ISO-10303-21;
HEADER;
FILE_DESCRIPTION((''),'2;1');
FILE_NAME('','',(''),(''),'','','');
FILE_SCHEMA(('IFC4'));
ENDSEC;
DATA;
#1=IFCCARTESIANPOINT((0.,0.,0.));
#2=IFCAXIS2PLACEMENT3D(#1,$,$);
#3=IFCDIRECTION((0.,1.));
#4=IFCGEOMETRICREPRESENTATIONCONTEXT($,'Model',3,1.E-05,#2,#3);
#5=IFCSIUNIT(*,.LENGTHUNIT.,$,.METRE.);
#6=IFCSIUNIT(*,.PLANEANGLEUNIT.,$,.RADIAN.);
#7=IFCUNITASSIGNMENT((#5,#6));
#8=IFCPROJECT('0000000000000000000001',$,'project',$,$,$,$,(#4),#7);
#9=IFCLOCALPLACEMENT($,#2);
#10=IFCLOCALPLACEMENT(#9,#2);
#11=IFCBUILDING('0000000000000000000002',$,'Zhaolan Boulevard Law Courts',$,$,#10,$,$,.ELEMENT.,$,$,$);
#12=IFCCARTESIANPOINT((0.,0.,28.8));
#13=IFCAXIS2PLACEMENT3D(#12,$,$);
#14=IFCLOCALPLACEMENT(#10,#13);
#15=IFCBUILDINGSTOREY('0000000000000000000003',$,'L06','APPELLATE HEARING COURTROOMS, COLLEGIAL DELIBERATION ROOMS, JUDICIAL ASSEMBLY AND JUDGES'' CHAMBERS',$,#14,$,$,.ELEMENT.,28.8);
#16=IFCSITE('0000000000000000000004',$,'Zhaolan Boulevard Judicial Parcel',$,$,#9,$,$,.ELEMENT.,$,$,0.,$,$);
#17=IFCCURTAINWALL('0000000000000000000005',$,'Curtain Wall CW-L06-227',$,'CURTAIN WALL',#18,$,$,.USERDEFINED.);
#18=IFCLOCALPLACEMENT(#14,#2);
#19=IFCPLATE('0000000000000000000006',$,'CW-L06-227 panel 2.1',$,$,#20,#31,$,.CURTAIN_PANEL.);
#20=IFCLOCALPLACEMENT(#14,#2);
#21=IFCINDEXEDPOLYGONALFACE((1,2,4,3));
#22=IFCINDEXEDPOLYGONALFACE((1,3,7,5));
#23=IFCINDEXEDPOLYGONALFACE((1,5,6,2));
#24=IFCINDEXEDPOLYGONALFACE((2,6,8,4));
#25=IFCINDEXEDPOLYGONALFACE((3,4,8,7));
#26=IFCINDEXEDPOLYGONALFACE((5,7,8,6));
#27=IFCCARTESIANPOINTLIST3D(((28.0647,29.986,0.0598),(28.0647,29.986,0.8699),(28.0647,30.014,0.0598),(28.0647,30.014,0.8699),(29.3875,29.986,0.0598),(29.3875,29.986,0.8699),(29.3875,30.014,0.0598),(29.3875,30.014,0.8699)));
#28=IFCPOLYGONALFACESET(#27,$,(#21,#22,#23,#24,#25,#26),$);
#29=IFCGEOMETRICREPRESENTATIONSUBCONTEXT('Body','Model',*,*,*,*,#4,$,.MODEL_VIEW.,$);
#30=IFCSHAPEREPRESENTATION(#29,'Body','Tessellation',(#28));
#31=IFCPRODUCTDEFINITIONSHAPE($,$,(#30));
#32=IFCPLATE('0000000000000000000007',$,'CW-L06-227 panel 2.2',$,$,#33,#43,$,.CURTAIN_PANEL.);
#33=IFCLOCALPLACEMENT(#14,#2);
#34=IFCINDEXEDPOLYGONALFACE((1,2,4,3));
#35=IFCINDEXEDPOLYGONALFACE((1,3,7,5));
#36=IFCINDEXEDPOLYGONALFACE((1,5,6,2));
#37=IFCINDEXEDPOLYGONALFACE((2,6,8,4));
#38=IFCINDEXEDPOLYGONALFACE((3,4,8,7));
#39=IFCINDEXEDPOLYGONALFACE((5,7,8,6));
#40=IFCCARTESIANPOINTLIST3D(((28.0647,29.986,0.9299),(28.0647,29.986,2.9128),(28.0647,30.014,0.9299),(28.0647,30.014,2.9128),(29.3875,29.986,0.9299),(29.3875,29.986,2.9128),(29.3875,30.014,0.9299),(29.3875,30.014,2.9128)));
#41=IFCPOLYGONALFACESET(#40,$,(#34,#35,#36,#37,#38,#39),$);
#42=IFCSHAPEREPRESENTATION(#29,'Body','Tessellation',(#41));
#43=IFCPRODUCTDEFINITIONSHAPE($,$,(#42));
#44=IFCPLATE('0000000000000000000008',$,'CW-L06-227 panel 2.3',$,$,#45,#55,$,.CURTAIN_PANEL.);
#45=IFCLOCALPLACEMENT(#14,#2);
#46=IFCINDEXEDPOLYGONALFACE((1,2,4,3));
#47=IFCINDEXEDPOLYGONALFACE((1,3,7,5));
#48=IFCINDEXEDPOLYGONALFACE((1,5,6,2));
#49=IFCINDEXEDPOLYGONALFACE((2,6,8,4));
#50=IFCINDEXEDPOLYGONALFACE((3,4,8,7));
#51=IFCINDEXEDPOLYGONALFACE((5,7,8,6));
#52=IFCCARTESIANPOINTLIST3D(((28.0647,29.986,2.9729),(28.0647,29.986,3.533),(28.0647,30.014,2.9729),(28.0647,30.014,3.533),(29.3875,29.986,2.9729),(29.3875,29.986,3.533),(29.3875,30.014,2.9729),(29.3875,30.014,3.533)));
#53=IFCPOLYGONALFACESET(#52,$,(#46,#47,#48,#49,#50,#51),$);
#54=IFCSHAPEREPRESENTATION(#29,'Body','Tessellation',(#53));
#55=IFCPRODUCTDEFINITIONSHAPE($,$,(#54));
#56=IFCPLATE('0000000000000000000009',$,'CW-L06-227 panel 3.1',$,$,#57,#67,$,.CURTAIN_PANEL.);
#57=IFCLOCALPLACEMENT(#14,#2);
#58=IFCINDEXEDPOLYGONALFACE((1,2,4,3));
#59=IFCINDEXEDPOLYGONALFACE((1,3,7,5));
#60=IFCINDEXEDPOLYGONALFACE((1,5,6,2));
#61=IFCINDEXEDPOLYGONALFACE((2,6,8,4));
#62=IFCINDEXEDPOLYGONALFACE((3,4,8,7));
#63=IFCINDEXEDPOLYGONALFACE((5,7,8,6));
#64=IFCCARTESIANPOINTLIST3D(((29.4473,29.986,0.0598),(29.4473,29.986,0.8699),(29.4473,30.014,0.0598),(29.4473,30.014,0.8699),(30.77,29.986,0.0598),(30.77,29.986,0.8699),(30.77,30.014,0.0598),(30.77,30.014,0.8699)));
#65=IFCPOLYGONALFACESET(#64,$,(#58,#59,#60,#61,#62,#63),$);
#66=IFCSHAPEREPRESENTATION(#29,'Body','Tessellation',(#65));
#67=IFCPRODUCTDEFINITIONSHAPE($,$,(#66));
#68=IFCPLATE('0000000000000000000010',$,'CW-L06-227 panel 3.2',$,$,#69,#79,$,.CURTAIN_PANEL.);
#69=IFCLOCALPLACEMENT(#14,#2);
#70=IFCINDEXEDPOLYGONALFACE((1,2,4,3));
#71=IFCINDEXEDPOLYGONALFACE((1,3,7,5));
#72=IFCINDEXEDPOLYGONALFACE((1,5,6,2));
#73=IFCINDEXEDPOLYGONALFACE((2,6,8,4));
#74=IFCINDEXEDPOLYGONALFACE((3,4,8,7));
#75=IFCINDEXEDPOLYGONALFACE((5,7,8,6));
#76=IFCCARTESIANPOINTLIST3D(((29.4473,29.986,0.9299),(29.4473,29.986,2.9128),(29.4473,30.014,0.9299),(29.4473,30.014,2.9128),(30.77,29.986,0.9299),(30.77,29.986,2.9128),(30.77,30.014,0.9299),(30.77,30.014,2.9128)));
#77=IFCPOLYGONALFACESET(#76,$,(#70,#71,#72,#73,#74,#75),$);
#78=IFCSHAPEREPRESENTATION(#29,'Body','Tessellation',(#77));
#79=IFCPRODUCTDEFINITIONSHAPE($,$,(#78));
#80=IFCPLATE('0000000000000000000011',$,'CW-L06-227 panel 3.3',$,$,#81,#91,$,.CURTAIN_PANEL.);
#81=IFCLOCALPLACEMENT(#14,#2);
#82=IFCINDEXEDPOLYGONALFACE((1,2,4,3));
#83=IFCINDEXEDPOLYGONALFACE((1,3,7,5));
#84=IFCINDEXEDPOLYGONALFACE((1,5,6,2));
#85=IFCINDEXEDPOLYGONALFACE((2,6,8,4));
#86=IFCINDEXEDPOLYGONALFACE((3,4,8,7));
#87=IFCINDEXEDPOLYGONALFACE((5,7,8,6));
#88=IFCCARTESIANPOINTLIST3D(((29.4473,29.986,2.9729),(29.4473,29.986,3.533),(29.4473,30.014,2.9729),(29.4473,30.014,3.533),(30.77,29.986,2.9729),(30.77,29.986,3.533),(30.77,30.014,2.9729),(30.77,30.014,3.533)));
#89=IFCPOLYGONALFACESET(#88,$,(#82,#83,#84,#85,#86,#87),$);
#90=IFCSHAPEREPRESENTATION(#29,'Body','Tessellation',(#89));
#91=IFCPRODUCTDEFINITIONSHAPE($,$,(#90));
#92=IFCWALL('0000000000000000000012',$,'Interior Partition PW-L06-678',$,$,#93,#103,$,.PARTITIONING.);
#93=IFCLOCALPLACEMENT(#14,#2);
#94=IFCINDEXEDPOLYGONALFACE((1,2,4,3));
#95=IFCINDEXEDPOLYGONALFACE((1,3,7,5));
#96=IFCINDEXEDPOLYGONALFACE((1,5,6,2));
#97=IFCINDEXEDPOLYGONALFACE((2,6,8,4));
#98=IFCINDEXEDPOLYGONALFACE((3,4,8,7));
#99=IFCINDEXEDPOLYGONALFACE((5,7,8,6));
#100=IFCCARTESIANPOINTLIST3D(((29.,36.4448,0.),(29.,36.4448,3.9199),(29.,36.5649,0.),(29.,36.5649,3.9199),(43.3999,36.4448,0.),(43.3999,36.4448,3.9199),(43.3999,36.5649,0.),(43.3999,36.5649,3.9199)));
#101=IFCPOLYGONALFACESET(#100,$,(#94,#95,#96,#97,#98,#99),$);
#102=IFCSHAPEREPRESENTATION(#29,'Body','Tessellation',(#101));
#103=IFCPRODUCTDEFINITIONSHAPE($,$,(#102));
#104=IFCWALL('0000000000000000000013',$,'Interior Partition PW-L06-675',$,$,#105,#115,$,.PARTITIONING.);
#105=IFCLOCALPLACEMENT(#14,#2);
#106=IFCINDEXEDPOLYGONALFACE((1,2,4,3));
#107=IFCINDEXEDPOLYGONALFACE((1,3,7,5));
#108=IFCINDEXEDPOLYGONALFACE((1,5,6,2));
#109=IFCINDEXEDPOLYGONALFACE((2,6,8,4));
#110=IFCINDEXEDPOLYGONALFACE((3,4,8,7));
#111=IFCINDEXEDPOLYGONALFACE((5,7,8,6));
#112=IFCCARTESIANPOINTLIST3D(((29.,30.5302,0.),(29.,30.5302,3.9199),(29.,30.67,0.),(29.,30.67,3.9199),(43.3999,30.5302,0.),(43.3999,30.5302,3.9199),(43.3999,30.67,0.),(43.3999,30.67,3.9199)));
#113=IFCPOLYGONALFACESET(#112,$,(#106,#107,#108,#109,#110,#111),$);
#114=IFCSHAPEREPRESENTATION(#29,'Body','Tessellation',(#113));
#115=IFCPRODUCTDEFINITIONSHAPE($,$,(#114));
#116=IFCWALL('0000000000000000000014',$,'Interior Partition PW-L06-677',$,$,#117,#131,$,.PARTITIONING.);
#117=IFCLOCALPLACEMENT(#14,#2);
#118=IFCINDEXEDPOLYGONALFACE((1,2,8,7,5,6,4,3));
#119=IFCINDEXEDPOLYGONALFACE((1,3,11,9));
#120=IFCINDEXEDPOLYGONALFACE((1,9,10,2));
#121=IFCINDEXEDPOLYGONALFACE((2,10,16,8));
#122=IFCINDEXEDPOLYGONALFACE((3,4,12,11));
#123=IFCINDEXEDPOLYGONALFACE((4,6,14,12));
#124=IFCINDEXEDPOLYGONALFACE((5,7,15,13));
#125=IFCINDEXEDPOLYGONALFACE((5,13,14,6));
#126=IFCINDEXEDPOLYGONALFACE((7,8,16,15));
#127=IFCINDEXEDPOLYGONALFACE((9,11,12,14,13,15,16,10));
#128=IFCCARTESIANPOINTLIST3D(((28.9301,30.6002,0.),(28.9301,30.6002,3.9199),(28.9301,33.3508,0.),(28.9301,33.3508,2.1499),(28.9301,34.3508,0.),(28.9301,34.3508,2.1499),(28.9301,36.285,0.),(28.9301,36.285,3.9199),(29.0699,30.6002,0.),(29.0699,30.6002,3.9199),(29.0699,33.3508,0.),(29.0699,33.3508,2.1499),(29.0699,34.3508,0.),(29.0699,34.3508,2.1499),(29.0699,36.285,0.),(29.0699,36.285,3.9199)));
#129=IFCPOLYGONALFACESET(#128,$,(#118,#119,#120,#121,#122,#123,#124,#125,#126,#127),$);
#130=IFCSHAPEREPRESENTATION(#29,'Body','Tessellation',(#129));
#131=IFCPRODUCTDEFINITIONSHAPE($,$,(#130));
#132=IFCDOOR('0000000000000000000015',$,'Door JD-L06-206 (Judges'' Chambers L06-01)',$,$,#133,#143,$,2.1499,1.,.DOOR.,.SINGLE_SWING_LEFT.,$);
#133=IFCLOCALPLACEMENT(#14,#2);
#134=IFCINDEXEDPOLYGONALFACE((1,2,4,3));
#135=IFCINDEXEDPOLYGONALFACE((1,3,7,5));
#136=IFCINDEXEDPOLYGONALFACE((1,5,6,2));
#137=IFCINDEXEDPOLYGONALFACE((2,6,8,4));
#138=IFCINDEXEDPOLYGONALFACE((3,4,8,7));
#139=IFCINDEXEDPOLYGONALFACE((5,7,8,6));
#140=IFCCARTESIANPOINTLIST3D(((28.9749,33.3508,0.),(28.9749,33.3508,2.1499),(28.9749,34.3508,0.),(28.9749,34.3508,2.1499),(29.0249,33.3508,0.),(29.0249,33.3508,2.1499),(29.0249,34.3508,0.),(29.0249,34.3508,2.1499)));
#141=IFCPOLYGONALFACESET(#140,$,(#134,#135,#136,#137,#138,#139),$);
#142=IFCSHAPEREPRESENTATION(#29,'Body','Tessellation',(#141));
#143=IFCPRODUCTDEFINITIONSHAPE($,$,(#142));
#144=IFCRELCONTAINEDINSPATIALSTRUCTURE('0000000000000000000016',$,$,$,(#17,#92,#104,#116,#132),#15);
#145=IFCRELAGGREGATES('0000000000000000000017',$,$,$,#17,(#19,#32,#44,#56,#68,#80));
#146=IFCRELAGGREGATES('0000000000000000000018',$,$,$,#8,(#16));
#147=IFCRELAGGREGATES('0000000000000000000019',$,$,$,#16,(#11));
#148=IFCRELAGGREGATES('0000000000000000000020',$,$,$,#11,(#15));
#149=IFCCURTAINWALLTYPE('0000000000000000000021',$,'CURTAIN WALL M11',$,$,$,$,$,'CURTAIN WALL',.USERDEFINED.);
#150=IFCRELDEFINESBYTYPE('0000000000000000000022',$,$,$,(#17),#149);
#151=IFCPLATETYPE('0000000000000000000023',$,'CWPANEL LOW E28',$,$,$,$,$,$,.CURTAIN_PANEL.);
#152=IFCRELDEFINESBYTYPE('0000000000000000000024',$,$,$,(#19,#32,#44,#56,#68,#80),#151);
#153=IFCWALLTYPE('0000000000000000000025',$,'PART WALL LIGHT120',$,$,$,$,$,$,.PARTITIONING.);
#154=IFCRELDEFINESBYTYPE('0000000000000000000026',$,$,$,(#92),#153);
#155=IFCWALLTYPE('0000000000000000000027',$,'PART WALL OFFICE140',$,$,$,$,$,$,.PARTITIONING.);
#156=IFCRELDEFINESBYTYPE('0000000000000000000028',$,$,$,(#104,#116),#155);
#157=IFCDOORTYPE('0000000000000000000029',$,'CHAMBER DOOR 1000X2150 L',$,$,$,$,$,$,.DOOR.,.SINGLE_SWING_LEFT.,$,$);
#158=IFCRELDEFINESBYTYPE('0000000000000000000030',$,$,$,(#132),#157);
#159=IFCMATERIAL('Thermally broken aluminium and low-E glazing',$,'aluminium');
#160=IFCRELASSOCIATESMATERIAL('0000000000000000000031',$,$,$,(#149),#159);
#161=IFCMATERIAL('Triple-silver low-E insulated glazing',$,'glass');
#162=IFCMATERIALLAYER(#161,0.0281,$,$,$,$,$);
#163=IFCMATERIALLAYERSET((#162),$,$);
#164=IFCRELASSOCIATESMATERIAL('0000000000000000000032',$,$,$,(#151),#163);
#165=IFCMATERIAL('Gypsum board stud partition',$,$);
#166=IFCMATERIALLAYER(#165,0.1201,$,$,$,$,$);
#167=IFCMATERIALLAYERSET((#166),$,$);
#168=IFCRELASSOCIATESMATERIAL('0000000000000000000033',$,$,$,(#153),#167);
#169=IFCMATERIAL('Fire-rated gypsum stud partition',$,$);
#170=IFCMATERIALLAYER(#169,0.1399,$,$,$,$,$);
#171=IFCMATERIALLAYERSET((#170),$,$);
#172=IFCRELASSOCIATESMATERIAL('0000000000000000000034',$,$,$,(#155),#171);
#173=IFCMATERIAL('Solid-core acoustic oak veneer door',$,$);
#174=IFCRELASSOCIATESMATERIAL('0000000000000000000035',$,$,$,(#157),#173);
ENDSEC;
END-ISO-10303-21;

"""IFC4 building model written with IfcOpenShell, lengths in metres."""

from ifc_helpers import new_model, si_unit, direction, frame, frame_2d, origin, origin_2d, place, context, subcontext, project, spatial, rectangle, extrude, material, layer, layer_set, type_object, element, fill, aggregate, save


model = new_model("IFC4")

# Units and contexts
model_context = context("Model", 3, precision=1e-05, world=origin(), true_north=direction((0.0, 1.0)))
body_context = subcontext(model_context, "Body", "Model", "MODEL_VIEW")
ifc_project = project(units=[si_unit("LENGTHUNIT", "METRE"), si_unit("PLANEANGLEUNIT", "RADIAN")], contexts=[model_context])

# Site, building, storey
site_placement = place(None, origin())
site = spatial("IfcSite", under=ifc_project, at=site_placement, Name="Zhaolan Boulevard Judicial Parcel", CompositionType="ELEMENT", RefElevation=0.0)
building_placement = place(site_placement, origin())
building = spatial("IfcBuilding", under=site, at=building_placement, Name="Zhaolan Boulevard Law Courts", CompositionType="ELEMENT")
storey_placement = place(building_placement, frame((0.0, 0.0, 28.8)))
storey = spatial("IfcBuildingStorey", under=building, at=storey_placement, Name="L06", Description="APPELLATE HEARING COURTROOMS, COLLEGIAL DELIBERATION ROOMS, JUDICIAL ASSEMBLY AND JUDGES' CHAMBERS", CompositionType="ELEMENT", Elevation=28.8)

# Curtain wall
ifc_material_1 = material(Name="Thermally broken aluminium and low-E glazing", Category="aluminium")
curtain_wall_type = type_object("IfcCurtainWallType", Name="CURTAIN WALL M11", ElementType="CURTAIN WALL", PredefinedType="USERDEFINED", material=ifc_material_1)
curtain_wall_placement = place(storey_placement, origin())
curtain_wall = element("IfcCurtainWall", 1, at=curtain_wall_placement, inside=storey, type_object=curtain_wall_type, Name="Curtain Wall CW-L06-227", ObjectType="CURTAIN WALL", PredefinedType="USERDEFINED")

# Plates
ifc_material_2 = material(Name="Triple-silver low-E insulated glazing", Category="glass")
ifc_layer_1 = layer(ifc_material_2, 0.0281)
ifc_layer_set_1 = layer_set([ifc_layer_1])
plate_type = type_object("IfcPlateType", Name="CWPANEL LOW E28", PredefinedType="CURTAIN_PANEL", material=ifc_layer_set_1)
plate_1_placement = place(storey_placement, frame((28.7261, 30.0, 0.0598), z_axis=(0.0, 0.0, 1.0), x_axis=(1.0, 0.0, 0.0)))
plate_1 = element("IfcPlate", 2, at=plate_1_placement, type_object=plate_type, Name="CW-L06-227 panel 2.1", PredefinedType="CURTAIN_PANEL", context=body_context, shape_type="SweptSolid", body=[
    extrude(rectangle(XDim=1.3228, YDim=0.0281, at=origin_2d()), origin(), (0.0, 0.0, 1.0), 0.8101),
])
plate_2_placement = place(storey_placement, frame((28.7261, 30.0, 0.9299), z_axis=(0.0, 0.0, 1.0), x_axis=(1.0, 0.0, 0.0)))
plate_2 = element("IfcPlate", 3, at=plate_2_placement, type_object=plate_type, Name="CW-L06-227 panel 2.2", PredefinedType="CURTAIN_PANEL", context=body_context, shape_type="SweptSolid", body=[
    extrude(rectangle(XDim=1.3228, YDim=0.0281, at=origin_2d()), origin(), (0.0, 0.0, 1.0), 1.9829),
])
plate_3_placement = place(storey_placement, frame((28.7261, 30.0, 2.9729), z_axis=(0.0, 0.0, 1.0), x_axis=(1.0, 0.0, 0.0)))
plate_3 = element("IfcPlate", 4, at=plate_3_placement, type_object=plate_type, Name="CW-L06-227 panel 2.3", PredefinedType="CURTAIN_PANEL", context=body_context, shape_type="SweptSolid", body=[
    extrude(rectangle(XDim=1.3228, YDim=0.0281, at=origin_2d()), origin(), (0.0, 0.0, 1.0), 0.5601),
])
plate_4_placement = place(storey_placement, frame((30.1086, 30.0, 0.0598), z_axis=(0.0, 0.0, 1.0), x_axis=(1.0, 0.0, 0.0)))
plate_4 = element("IfcPlate", 5, at=plate_4_placement, type_object=plate_type, Name="CW-L06-227 panel 3.1", PredefinedType="CURTAIN_PANEL", context=body_context, shape_type="SweptSolid", body=[
    extrude(rectangle(XDim=1.3228, YDim=0.0281, at=origin_2d()), origin(), (0.0, 0.0, 1.0), 0.8101),
])
plate_5_placement = place(storey_placement, frame((30.1086, 30.0, 0.9299), z_axis=(0.0, 0.0, 1.0), x_axis=(1.0, 0.0, 0.0)))
plate_5 = element("IfcPlate", 6, at=plate_5_placement, type_object=plate_type, Name="CW-L06-227 panel 3.2", PredefinedType="CURTAIN_PANEL", context=body_context, shape_type="SweptSolid", body=[
    extrude(rectangle(XDim=1.3228, YDim=0.0281, at=origin_2d()), origin(), (0.0, 0.0, 1.0), 1.9829),
])
plate_6_placement = place(storey_placement, frame((30.1086, 30.0, 2.9729), z_axis=(0.0, 0.0, 1.0), x_axis=(1.0, 0.0, 0.0)))
plate_6 = element("IfcPlate", 7, at=plate_6_placement, type_object=plate_type, Name="CW-L06-227 panel 3.3", PredefinedType="CURTAIN_PANEL", context=body_context, shape_type="SweptSolid", body=[
    extrude(rectangle(XDim=1.3228, YDim=0.0281, at=origin_2d()), origin(), (0.0, 0.0, 1.0), 0.5601),
])
aggregate(curtain_wall, [plate_1, plate_2, plate_3, plate_4, plate_5, plate_6])

# Walls
ifc_material_3 = material(Name="Gypsum board stud partition")
ifc_layer_2 = layer(ifc_material_3, 0.1201)
ifc_layer_set_2 = layer_set([ifc_layer_2])
wall_type_1 = type_object("IfcWallType", Name="PART WALL LIGHT120", PredefinedType="PARTITIONING", material=ifc_layer_set_2)
wall_1_placement = place(storey_placement, frame((29.0, 36.5049, 0.0), z_axis=(0.0, 0.0, 1.0), x_axis=(1.0, 0.0, 0.0)))
element("IfcWall", 8, at=wall_1_placement, inside=storey, type_object=wall_type_1, Name="Interior Partition PW-L06-678", PredefinedType="PARTITIONING", context=body_context, shape_type="SweptSolid", body=[
    extrude(rectangle(XDim=14.3999, YDim=0.1201, at=frame_2d((7.2, 0.0))), origin(), (0.0, 0.0, 1.0), 3.9199),
])
ifc_material_4 = material(Name="Fire-rated gypsum stud partition")
ifc_layer_3 = layer(ifc_material_4, 0.1399)
ifc_layer_set_3 = layer_set([ifc_layer_3])
wall_type_2 = type_object("IfcWallType", Name="PART WALL OFFICE140", PredefinedType="PARTITIONING", material=ifc_layer_set_3)
wall_2_placement = place(storey_placement, frame((29.0, 30.6001, 0.0), z_axis=(0.0, 0.0, 1.0), x_axis=(1.0, 0.0, 0.0)))
element("IfcWall", 9, at=wall_2_placement, inside=storey, type_object=wall_type_2, Name="Interior Partition PW-L06-675", PredefinedType="PARTITIONING", context=body_context, shape_type="SweptSolid", body=[
    extrude(rectangle(XDim=14.3999, YDim=0.1399, at=frame_2d((7.2, 0.0))), origin(), (0.0, 0.0, 1.0), 3.9199),
])

# Wall, opening, door
wall_3_placement = place(storey_placement, frame((29.0, 36.2849, 0.0), z_axis=(0.0, 0.0, 1.0), x_axis=(0.0, -1.0, 0.0)))
wall_3 = element("IfcWall", 10, at=wall_3_placement, inside=storey, type_object=wall_type_2, Name="Interior Partition PW-L06-677", PredefinedType="PARTITIONING", context=body_context, shape_type="SweptSolid", body=[
    extrude(rectangle(XDim=5.6848, YDim=0.1399, at=frame_2d((2.8423, 0.0))), origin(), (0.0, 0.0, 1.0), 3.9199),
])
opening_placement = place(wall_3_placement, frame((1.9341, 0.0, 0.0)))
opening = element("IfcOpeningElement", 11, at=opening_placement, cuts=wall_3, PredefinedType="OPENING", context=body_context, shape_type="SweptSolid", body=[
    extrude(rectangle(XDim=1.0, YDim=2.1499, at=frame_2d((0.5, 1.075))), frame((0.0, 0.0798, 0.0), z_axis=(0.0, -1.0, 0.0), x_axis=(1.0, 0.0, 0.0)), (0.0, 0.0, 1.0), 0.1599),
])
ifc_material_5 = material(Name="Solid-core acoustic oak veneer door")
door_type = type_object("IfcDoorType", Name="CHAMBER DOOR 1000X2150 L", OperationType="SINGLE_SWING_LEFT", PredefinedType="DOOR", material=ifc_material_5)
door_placement = place(opening_placement, origin())
door = element("IfcDoor", 12, at=door_placement, inside=storey, type_object=door_type, Name="Door JD-L06-206 (Judges' Chambers L06-01)", OperationType="SINGLE_SWING_LEFT", OverallHeight=2.1499, OverallWidth=1.0, PredefinedType="DOOR", context=body_context, shape_type="SweptSolid", body=[
    extrude(rectangle(XDim=1.0, YDim=2.1499, at=frame_2d((0.5, 1.075))), frame((0.0, 0.0249, 0.0), z_axis=(0.0, -1.0, 0.0), x_axis=(1.0, 0.0, 0.0)), (0.0, 0.0, 1.0), 0.05),
])
fill(opening, door)

save(model, "model.ifc")
